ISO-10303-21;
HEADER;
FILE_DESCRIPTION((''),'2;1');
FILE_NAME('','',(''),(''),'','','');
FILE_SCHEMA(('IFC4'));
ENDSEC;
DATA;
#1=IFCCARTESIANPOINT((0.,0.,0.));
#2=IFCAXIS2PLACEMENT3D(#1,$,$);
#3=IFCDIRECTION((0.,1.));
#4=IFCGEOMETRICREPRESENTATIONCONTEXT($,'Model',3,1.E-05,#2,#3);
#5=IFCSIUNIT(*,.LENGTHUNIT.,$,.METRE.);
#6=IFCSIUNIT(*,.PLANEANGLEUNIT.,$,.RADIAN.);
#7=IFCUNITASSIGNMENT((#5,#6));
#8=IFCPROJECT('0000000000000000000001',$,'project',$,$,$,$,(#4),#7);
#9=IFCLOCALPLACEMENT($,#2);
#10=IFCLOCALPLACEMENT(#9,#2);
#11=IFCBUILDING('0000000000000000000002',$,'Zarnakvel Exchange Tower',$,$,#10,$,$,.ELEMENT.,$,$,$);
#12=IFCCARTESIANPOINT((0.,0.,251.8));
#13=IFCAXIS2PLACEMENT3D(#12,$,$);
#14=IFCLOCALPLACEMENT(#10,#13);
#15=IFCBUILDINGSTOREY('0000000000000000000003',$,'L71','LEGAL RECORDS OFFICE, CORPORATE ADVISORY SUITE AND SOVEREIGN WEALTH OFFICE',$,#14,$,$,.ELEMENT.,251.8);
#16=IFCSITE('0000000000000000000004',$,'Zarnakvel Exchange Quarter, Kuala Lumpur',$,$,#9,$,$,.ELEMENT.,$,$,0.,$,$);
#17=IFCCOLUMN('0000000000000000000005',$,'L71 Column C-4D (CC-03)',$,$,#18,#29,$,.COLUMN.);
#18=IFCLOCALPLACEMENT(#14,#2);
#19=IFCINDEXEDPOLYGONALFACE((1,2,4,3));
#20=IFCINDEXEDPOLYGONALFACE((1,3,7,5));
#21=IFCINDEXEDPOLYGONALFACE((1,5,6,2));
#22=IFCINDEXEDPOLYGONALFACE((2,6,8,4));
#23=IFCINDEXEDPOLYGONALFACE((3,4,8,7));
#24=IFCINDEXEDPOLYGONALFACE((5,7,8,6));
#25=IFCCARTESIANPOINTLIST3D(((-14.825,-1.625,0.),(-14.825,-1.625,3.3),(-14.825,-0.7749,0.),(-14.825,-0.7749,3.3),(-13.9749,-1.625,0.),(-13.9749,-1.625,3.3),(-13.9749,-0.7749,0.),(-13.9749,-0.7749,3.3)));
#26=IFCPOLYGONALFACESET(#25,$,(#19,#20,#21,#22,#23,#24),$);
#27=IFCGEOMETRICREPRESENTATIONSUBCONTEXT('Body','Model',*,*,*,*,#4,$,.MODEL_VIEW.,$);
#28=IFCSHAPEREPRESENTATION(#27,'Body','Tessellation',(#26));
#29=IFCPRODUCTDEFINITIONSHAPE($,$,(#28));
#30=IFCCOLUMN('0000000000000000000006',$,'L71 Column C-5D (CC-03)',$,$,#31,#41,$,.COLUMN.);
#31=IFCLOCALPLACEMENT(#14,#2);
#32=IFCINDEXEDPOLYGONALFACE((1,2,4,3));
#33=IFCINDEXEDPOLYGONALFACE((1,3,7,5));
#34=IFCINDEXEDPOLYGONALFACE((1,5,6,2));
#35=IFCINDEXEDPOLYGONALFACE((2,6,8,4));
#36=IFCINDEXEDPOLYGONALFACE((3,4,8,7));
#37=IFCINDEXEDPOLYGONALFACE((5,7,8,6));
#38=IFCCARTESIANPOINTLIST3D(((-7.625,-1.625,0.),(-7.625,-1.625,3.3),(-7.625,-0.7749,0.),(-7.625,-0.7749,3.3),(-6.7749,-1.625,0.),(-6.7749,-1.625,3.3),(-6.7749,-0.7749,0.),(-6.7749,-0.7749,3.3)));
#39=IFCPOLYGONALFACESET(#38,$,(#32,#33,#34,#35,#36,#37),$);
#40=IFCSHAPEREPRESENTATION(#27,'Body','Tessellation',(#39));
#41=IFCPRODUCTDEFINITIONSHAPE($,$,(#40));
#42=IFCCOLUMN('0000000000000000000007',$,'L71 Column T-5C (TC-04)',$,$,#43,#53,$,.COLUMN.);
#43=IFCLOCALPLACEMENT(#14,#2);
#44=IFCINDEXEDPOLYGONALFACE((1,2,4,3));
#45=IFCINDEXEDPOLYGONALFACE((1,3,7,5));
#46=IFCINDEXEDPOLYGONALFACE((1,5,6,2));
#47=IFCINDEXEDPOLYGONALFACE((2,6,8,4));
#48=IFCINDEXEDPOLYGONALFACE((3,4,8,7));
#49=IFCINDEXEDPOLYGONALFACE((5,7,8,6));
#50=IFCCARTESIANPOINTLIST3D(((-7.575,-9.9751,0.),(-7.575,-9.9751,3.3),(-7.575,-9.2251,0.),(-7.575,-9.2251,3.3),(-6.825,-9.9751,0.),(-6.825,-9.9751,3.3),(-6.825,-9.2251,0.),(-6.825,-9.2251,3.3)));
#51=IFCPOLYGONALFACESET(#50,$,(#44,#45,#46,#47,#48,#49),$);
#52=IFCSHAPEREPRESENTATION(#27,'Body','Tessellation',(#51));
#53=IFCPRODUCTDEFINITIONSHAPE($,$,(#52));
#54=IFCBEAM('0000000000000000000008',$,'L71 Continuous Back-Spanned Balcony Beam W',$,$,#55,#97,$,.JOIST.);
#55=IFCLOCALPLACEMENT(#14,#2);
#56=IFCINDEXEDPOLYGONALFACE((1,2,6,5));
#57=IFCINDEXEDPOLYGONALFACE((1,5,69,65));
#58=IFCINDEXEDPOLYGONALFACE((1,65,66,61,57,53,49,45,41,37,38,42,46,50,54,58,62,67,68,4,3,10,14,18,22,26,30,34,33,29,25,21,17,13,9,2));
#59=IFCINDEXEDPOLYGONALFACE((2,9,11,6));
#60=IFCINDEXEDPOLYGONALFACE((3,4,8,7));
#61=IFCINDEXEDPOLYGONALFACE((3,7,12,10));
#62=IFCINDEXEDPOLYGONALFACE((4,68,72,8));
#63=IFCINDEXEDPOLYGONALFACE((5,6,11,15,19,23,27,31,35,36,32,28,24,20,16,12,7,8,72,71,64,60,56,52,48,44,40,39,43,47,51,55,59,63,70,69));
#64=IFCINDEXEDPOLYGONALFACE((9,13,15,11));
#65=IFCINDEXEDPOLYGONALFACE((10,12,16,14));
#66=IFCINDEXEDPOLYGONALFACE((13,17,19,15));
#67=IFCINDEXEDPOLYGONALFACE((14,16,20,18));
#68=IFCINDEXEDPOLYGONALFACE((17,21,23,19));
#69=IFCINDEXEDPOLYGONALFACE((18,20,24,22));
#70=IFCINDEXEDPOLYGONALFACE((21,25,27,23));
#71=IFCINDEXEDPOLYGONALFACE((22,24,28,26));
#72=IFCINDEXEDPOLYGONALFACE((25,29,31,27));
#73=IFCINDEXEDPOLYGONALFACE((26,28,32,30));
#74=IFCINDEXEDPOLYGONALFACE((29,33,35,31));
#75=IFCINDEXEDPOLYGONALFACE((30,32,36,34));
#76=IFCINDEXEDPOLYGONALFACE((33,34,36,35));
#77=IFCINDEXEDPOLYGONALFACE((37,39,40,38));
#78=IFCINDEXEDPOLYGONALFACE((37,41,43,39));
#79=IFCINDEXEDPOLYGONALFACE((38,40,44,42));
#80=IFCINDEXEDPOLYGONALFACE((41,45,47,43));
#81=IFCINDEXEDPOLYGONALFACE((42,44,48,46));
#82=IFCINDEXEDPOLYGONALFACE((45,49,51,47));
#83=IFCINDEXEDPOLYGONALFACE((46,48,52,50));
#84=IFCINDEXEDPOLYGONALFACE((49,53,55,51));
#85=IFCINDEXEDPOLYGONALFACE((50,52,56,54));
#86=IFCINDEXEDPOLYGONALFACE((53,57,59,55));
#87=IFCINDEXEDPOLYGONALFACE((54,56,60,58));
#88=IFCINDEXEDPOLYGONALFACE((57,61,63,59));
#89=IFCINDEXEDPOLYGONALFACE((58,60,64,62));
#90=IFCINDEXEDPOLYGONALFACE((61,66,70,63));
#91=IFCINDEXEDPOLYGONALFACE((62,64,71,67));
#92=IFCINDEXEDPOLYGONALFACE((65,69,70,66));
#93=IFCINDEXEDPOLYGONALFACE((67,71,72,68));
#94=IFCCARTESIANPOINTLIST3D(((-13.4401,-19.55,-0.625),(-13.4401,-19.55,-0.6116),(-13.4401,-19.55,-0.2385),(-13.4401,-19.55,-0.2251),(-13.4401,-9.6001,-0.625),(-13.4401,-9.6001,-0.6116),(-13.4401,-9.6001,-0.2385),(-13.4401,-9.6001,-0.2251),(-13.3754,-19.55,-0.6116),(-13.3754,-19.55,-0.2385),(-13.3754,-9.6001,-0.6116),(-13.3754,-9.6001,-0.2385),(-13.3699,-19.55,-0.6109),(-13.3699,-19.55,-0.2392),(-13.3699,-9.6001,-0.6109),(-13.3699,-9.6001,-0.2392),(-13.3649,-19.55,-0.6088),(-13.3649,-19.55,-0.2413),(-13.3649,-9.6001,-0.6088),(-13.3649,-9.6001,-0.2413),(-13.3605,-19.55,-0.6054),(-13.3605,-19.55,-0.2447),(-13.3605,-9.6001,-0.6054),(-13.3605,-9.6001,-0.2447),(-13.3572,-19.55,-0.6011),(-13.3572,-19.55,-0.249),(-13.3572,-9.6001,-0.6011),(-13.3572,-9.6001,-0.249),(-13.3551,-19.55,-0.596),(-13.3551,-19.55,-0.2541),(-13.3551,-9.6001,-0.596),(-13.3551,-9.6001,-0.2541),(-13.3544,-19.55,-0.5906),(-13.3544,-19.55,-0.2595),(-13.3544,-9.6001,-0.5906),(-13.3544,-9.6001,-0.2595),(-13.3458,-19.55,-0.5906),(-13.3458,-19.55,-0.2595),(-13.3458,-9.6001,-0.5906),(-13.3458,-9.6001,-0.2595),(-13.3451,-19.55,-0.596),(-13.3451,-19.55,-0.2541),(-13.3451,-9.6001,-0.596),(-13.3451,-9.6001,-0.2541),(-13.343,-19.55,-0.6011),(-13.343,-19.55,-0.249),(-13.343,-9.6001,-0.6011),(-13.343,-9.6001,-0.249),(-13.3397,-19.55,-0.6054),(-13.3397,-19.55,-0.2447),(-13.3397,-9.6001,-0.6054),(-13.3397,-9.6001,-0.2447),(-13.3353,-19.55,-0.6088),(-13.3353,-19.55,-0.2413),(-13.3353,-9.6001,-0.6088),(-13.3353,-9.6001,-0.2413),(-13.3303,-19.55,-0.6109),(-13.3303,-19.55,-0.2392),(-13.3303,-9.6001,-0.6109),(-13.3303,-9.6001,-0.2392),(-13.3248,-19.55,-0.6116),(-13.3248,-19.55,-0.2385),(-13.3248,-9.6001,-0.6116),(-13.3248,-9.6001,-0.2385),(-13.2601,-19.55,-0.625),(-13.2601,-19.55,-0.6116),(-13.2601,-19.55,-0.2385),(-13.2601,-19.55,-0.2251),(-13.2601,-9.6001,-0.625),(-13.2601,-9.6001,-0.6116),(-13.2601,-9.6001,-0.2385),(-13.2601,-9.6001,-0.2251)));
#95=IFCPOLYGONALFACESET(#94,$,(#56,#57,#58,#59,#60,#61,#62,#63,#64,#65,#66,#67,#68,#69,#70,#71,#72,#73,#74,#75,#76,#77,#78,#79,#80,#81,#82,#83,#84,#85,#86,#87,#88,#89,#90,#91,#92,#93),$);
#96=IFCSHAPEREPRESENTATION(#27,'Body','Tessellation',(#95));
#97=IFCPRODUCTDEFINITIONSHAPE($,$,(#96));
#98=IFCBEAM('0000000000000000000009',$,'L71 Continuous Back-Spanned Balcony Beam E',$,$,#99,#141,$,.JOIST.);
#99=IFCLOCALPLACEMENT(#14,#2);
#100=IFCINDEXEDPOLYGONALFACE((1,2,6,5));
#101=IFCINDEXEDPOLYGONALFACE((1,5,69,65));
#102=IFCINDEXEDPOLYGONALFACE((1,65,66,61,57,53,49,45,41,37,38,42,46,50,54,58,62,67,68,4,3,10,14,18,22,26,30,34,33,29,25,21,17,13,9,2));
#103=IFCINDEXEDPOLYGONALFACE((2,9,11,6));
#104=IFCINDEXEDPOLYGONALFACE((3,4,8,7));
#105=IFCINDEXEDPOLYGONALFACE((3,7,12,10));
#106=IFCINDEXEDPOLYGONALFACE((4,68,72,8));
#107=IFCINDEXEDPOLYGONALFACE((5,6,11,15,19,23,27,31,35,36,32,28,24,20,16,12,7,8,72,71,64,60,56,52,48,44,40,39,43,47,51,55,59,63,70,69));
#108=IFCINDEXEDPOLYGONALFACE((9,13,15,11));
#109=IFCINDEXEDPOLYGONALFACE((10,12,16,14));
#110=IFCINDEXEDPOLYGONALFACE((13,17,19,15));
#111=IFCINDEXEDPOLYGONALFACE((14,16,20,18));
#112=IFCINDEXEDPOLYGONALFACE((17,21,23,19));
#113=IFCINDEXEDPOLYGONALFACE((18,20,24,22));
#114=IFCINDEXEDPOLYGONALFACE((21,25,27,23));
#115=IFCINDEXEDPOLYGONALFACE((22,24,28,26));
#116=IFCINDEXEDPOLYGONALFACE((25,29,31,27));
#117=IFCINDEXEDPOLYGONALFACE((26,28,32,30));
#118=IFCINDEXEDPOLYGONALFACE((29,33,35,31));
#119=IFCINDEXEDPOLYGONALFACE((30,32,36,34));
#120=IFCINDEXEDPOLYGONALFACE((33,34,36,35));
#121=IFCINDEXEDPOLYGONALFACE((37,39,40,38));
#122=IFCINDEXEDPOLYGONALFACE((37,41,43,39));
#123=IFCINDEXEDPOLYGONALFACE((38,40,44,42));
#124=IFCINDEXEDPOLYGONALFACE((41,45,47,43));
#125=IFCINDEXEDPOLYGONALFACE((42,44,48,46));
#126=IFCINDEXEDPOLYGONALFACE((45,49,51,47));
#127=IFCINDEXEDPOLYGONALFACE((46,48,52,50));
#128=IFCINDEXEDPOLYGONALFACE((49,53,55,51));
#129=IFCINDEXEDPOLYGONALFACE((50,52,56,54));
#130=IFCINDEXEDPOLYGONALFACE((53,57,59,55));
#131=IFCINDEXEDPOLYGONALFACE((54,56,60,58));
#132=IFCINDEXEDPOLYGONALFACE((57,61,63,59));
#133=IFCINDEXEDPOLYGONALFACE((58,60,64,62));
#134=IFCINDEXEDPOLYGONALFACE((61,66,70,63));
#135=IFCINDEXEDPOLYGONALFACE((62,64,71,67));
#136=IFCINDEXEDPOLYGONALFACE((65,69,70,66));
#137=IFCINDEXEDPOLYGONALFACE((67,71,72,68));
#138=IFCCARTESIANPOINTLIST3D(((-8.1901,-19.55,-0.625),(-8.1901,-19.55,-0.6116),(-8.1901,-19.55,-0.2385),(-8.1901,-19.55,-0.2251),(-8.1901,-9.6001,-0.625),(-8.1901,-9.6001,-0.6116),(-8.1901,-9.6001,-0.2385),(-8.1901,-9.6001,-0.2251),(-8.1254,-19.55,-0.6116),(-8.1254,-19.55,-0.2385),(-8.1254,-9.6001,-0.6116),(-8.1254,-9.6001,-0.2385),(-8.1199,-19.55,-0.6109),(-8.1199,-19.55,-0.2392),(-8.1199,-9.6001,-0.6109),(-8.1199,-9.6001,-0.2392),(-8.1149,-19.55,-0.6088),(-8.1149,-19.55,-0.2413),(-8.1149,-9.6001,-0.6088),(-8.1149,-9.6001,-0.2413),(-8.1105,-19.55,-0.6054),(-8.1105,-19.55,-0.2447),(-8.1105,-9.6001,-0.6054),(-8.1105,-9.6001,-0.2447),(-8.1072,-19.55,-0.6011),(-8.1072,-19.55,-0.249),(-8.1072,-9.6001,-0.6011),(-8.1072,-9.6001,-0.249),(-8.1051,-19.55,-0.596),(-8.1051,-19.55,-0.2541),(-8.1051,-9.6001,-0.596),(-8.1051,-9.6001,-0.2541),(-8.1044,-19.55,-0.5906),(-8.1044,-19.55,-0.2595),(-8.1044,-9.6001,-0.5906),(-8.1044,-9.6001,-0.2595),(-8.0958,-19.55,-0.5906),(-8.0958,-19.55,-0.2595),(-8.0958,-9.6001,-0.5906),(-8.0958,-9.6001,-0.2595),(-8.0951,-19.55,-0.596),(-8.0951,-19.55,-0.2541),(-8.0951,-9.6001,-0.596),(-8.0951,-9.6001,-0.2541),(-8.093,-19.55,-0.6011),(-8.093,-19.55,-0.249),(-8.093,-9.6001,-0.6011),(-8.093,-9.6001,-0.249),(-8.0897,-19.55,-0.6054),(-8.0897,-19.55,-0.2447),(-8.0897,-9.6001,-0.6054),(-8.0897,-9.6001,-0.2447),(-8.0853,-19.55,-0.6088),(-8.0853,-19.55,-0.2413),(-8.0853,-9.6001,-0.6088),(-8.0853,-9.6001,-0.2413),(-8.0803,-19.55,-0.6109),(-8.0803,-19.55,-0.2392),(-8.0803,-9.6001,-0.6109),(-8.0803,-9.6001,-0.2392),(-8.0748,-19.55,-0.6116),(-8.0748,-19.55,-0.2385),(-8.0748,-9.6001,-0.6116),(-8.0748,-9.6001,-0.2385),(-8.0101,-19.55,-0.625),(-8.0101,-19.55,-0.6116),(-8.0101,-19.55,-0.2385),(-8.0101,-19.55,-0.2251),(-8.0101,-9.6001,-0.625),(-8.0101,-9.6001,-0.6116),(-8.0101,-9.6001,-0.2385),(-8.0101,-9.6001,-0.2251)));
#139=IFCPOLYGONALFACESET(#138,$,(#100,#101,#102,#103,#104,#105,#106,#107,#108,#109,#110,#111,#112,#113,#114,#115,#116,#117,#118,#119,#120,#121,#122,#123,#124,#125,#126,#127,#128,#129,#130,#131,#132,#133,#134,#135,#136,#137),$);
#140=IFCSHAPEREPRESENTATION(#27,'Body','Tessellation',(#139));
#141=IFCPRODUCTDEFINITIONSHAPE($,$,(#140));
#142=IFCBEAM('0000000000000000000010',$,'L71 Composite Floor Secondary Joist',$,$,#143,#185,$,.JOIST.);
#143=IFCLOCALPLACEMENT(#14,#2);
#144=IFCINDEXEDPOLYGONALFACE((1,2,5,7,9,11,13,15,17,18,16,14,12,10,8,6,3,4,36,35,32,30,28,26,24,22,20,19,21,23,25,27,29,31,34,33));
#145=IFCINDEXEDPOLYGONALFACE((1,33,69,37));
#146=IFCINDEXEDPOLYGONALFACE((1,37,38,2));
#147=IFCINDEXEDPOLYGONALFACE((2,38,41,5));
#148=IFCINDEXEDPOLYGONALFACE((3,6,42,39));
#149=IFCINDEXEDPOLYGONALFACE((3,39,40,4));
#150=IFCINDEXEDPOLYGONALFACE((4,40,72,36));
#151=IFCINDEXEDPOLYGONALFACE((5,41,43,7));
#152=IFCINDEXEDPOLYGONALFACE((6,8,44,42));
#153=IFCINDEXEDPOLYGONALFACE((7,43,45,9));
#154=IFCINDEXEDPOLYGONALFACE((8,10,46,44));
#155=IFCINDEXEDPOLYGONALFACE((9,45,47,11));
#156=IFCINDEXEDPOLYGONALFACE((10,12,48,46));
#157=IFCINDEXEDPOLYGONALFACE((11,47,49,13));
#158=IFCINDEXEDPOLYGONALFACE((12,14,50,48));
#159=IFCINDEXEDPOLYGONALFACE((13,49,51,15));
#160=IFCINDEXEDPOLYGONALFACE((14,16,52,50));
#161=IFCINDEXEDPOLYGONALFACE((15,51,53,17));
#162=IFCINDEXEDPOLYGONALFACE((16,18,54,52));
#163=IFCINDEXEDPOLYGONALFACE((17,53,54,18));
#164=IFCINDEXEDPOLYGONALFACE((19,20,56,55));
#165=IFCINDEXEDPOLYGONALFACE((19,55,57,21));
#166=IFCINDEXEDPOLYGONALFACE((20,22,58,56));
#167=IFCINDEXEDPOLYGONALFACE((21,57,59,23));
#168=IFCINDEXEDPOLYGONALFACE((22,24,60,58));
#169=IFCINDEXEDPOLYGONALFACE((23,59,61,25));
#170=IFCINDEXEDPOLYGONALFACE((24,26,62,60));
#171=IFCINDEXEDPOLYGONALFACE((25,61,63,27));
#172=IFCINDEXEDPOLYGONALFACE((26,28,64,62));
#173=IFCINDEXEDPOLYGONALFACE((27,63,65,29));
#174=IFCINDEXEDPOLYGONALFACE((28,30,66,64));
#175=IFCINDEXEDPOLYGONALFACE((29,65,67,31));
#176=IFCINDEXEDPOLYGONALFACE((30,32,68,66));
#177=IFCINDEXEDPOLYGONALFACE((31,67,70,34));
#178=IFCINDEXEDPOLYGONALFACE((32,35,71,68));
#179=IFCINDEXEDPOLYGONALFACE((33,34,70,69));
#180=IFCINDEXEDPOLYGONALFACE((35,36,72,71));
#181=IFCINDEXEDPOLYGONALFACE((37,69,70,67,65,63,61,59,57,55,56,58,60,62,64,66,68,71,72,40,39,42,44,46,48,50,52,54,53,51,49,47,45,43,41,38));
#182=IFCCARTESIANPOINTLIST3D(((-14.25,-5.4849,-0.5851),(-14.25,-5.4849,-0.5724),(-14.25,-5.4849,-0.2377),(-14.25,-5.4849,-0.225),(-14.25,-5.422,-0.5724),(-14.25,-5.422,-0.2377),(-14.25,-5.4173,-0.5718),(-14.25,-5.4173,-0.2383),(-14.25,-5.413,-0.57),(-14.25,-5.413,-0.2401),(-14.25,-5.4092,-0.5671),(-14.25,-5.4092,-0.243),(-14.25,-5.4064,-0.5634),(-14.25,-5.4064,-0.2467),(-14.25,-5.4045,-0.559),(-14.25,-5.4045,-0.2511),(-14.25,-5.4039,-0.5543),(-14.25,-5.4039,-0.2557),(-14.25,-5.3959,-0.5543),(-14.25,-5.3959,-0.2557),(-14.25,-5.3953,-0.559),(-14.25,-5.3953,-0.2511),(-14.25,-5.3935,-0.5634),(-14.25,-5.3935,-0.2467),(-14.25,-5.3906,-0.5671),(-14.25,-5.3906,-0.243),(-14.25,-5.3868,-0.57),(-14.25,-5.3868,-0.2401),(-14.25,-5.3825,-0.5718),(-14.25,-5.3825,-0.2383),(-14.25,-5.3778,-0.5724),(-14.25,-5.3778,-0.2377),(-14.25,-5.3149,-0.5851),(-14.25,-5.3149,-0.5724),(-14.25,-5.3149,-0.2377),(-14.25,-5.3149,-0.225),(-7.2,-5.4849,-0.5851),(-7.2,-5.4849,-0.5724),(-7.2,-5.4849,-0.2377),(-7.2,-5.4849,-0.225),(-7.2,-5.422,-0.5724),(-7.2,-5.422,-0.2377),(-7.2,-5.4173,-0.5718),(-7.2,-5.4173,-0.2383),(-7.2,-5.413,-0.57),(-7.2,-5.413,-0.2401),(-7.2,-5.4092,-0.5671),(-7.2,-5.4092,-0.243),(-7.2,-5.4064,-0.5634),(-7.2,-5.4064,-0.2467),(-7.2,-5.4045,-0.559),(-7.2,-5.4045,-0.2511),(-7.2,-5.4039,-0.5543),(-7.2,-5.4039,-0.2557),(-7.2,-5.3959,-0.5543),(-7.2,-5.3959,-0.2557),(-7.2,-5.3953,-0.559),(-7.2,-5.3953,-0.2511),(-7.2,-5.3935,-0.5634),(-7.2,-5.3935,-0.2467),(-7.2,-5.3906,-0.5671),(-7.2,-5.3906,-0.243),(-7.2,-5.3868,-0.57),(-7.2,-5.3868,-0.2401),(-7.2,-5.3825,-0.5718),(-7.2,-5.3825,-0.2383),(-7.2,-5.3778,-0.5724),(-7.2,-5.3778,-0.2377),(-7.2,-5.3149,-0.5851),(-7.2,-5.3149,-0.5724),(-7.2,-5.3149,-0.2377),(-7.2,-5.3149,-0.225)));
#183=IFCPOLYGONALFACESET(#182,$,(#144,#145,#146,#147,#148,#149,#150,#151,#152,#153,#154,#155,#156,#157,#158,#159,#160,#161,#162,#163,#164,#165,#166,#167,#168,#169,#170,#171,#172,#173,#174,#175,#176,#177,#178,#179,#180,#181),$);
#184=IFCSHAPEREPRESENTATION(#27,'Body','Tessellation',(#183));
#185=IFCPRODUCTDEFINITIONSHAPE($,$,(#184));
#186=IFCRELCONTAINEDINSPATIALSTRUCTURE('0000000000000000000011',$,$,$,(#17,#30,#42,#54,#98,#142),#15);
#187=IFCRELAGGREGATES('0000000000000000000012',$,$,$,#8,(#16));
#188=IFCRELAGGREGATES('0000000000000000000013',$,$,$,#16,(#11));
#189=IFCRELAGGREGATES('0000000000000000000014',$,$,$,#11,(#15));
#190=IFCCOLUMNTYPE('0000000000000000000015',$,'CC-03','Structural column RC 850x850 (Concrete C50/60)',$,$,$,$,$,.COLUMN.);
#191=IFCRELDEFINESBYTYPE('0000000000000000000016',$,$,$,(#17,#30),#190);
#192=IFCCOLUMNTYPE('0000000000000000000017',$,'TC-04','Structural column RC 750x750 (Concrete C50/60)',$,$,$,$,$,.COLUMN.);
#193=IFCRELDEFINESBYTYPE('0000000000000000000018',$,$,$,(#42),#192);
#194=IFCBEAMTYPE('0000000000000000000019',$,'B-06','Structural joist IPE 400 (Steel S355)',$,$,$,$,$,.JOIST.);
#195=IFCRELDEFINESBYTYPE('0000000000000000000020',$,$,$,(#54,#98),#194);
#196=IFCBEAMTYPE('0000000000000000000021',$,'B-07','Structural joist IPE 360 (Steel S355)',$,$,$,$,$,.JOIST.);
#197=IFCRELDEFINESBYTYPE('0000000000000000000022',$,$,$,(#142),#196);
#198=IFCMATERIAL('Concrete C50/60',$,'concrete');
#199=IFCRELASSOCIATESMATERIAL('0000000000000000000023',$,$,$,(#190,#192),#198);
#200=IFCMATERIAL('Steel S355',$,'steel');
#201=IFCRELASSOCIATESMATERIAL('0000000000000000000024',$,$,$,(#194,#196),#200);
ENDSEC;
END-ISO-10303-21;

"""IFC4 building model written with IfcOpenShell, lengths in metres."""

from ifc_helpers import new_model, si_unit, direction, frame, origin, origin_2d, place, context, subcontext, project, spatial, rectangle, i_section, extrude, material, material_profile, profile_set, type_object, element, save


model = new_model("IFC4")

# Units and contexts
model_context = context("Model", 3, precision=1e-05, world=origin(), true_north=direction((0.0, 1.0)))
body_context = subcontext(model_context, "Body", "Model", "MODEL_VIEW")
ifc_project = project(units=[si_unit("LENGTHUNIT", "METRE"), si_unit("PLANEANGLEUNIT", "RADIAN")], contexts=[model_context])

# Site, building, storey
site_placement = place(None, origin())
site = spatial("IfcSite", under=ifc_project, at=site_placement, Name="Zarnakvel Exchange Quarter, Kuala Lumpur", CompositionType="ELEMENT", RefElevation=0.0)
building_placement = place(site_placement, origin())
building = spatial("IfcBuilding", under=site, at=building_placement, Name="Zarnakvel Exchange Tower", CompositionType="ELEMENT")
storey_placement = place(building_placement, frame((0.0, 0.0, 251.8)))
storey = spatial("IfcBuildingStorey", under=building, at=storey_placement, Name="L71", Description="LEGAL RECORDS OFFICE, CORPORATE ADVISORY SUITE AND SOVEREIGN WEALTH OFFICE", CompositionType="ELEMENT", Elevation=251.8)

# Columns
ifc_material_1 = material(Name="Concrete C50/60", Category="concrete")
ifc_material_profile_1 = material_profile(ifc_material_1, rectangle(XDim=0.8501, YDim=0.8501, at=origin_2d()))
ifc_profile_set_1 = profile_set([ifc_material_profile_1], Name="Concrete C50/60")
column_type_1 = type_object("IfcColumnType", Name="CC-03", Description="Structural column RC 850x850 (Concrete C50/60)", PredefinedType="COLUMN", material=ifc_profile_set_1)
for number, where, z_axis, x_axis, name in (
    (1, (-14.3999, -1.2, 0.0), (0.0, 0.0, 1.0), (1.0, 0.0, 0.0), "L71 Column C-4D (CC-03)"),
    (2, (-7.2, -1.2, 0.0), (0.0, 0.0, 1.0), (1.0, 0.0, 0.0), "L71 Column C-5D (CC-03)"),
):
    element("IfcColumn", number, at=place(storey_placement, frame(where, z_axis=z_axis, x_axis=x_axis)), inside=storey, type_object=column_type_1, Name=name, PredefinedType="COLUMN", context=body_context, shape_type="SweptSolid", body=[
        extrude(rectangle(XDim=0.8501, YDim=0.8501, at=origin_2d()), origin(), (0.0, 0.0, 1.0), 3.3),
    ])
ifc_material_profile_2 = material_profile(ifc_material_1, rectangle(XDim=0.75, YDim=0.75, at=origin_2d()))
ifc_profile_set_2 = profile_set([ifc_material_profile_2], Name="Concrete C50/60")
column_type_2 = type_object("IfcColumnType", Name="TC-04", Description="Structural column RC 750x750 (Concrete C50/60)", PredefinedType="COLUMN", material=ifc_profile_set_2)
column_placement = place(storey_placement, frame((-7.2, -9.6001, 0.0), z_axis=(0.0, 0.0, 1.0), x_axis=(1.0, 0.0, 0.0)))
element("IfcColumn", 3, at=column_placement, inside=storey, type_object=column_type_2, Name="L71 Column T-5C (TC-04)", PredefinedType="COLUMN", context=body_context, shape_type="SweptSolid", body=[
    extrude(rectangle(XDim=0.75, YDim=0.75, at=origin_2d()), origin(), (0.0, 0.0, 1.0), 3.3),
])

# Beams
ifc_material_2 = material(Name="Steel S355", Category="steel")
ifc_material_profile_3 = material_profile(ifc_material_2, i_section(OverallWidth=0.1799, OverallDepth=0.3999, WebThickness=0.0085, FlangeThickness=0.0134, FilletRadius=0.021, at=origin_2d()))
ifc_profile_set_3 = profile_set([ifc_material_profile_3], Name="Steel S355")
beam_type_1 = type_object("IfcBeamType", Name="B-06", Description="Structural joist IPE 400 (Steel S355)", PredefinedType="JOIST", material=ifc_profile_set_3)
for number, where, z_axis, x_axis, name in (
    (4, (-13.3501, -9.6001, -0.425), (0.0, -1.0, 0.0), (1.0, 0.0, 0.0), "L71 Continuous Back-Spanned Balcony Beam W"),
    (5, (-8.1001, -9.6001, -0.425), (0.0, -1.0, 0.0), (1.0, 0.0, 0.0), "L71 Continuous Back-Spanned Balcony Beam E"),
):
    element("IfcBeam", number, at=place(storey_placement, frame(where, z_axis=z_axis, x_axis=x_axis)), inside=storey, type_object=beam_type_1, Name=name, PredefinedType="JOIST", context=body_context, shape_type="SweptSolid", body=[
        extrude(i_section(OverallWidth=0.1799, OverallDepth=0.3999, WebThickness=0.0085, FlangeThickness=0.0134, FilletRadius=0.021, at=origin_2d()), origin(), (0.0, 0.0, 1.0), 9.95),
    ])
ifc_material_profile_4 = material_profile(ifc_material_2, i_section(OverallWidth=0.1699, OverallDepth=0.3601, WebThickness=0.0081, FlangeThickness=0.0127, FilletRadius=0.0181, at=origin_2d()))
ifc_profile_set_4 = profile_set([ifc_material_profile_4], Name="Steel S355")
beam_type_2 = type_object("IfcBeamType", Name="B-07", Description="Structural joist IPE 360 (Steel S355)", PredefinedType="JOIST", material=ifc_profile_set_4)
beam_1_placement = place(storey_placement, frame((-14.25, -5.3999, -0.405), z_axis=(1.0, 0.0, 0.0), x_axis=(0.0, 1.0, 0.0)))
element("IfcBeam", 6, at=beam_1_placement, inside=storey, type_object=beam_type_2, Name="L71 Composite Floor Secondary Joist", PredefinedType="JOIST", context=body_context, shape_type="SweptSolid", body=[
    extrude(i_section(OverallWidth=0.1699, OverallDepth=0.3601, WebThickness=0.0081, FlangeThickness=0.0127, FilletRadius=0.0181, at=origin_2d()), origin(), (0.0, 0.0, 1.0), 7.05),
])

save(model, "model.ifc")
